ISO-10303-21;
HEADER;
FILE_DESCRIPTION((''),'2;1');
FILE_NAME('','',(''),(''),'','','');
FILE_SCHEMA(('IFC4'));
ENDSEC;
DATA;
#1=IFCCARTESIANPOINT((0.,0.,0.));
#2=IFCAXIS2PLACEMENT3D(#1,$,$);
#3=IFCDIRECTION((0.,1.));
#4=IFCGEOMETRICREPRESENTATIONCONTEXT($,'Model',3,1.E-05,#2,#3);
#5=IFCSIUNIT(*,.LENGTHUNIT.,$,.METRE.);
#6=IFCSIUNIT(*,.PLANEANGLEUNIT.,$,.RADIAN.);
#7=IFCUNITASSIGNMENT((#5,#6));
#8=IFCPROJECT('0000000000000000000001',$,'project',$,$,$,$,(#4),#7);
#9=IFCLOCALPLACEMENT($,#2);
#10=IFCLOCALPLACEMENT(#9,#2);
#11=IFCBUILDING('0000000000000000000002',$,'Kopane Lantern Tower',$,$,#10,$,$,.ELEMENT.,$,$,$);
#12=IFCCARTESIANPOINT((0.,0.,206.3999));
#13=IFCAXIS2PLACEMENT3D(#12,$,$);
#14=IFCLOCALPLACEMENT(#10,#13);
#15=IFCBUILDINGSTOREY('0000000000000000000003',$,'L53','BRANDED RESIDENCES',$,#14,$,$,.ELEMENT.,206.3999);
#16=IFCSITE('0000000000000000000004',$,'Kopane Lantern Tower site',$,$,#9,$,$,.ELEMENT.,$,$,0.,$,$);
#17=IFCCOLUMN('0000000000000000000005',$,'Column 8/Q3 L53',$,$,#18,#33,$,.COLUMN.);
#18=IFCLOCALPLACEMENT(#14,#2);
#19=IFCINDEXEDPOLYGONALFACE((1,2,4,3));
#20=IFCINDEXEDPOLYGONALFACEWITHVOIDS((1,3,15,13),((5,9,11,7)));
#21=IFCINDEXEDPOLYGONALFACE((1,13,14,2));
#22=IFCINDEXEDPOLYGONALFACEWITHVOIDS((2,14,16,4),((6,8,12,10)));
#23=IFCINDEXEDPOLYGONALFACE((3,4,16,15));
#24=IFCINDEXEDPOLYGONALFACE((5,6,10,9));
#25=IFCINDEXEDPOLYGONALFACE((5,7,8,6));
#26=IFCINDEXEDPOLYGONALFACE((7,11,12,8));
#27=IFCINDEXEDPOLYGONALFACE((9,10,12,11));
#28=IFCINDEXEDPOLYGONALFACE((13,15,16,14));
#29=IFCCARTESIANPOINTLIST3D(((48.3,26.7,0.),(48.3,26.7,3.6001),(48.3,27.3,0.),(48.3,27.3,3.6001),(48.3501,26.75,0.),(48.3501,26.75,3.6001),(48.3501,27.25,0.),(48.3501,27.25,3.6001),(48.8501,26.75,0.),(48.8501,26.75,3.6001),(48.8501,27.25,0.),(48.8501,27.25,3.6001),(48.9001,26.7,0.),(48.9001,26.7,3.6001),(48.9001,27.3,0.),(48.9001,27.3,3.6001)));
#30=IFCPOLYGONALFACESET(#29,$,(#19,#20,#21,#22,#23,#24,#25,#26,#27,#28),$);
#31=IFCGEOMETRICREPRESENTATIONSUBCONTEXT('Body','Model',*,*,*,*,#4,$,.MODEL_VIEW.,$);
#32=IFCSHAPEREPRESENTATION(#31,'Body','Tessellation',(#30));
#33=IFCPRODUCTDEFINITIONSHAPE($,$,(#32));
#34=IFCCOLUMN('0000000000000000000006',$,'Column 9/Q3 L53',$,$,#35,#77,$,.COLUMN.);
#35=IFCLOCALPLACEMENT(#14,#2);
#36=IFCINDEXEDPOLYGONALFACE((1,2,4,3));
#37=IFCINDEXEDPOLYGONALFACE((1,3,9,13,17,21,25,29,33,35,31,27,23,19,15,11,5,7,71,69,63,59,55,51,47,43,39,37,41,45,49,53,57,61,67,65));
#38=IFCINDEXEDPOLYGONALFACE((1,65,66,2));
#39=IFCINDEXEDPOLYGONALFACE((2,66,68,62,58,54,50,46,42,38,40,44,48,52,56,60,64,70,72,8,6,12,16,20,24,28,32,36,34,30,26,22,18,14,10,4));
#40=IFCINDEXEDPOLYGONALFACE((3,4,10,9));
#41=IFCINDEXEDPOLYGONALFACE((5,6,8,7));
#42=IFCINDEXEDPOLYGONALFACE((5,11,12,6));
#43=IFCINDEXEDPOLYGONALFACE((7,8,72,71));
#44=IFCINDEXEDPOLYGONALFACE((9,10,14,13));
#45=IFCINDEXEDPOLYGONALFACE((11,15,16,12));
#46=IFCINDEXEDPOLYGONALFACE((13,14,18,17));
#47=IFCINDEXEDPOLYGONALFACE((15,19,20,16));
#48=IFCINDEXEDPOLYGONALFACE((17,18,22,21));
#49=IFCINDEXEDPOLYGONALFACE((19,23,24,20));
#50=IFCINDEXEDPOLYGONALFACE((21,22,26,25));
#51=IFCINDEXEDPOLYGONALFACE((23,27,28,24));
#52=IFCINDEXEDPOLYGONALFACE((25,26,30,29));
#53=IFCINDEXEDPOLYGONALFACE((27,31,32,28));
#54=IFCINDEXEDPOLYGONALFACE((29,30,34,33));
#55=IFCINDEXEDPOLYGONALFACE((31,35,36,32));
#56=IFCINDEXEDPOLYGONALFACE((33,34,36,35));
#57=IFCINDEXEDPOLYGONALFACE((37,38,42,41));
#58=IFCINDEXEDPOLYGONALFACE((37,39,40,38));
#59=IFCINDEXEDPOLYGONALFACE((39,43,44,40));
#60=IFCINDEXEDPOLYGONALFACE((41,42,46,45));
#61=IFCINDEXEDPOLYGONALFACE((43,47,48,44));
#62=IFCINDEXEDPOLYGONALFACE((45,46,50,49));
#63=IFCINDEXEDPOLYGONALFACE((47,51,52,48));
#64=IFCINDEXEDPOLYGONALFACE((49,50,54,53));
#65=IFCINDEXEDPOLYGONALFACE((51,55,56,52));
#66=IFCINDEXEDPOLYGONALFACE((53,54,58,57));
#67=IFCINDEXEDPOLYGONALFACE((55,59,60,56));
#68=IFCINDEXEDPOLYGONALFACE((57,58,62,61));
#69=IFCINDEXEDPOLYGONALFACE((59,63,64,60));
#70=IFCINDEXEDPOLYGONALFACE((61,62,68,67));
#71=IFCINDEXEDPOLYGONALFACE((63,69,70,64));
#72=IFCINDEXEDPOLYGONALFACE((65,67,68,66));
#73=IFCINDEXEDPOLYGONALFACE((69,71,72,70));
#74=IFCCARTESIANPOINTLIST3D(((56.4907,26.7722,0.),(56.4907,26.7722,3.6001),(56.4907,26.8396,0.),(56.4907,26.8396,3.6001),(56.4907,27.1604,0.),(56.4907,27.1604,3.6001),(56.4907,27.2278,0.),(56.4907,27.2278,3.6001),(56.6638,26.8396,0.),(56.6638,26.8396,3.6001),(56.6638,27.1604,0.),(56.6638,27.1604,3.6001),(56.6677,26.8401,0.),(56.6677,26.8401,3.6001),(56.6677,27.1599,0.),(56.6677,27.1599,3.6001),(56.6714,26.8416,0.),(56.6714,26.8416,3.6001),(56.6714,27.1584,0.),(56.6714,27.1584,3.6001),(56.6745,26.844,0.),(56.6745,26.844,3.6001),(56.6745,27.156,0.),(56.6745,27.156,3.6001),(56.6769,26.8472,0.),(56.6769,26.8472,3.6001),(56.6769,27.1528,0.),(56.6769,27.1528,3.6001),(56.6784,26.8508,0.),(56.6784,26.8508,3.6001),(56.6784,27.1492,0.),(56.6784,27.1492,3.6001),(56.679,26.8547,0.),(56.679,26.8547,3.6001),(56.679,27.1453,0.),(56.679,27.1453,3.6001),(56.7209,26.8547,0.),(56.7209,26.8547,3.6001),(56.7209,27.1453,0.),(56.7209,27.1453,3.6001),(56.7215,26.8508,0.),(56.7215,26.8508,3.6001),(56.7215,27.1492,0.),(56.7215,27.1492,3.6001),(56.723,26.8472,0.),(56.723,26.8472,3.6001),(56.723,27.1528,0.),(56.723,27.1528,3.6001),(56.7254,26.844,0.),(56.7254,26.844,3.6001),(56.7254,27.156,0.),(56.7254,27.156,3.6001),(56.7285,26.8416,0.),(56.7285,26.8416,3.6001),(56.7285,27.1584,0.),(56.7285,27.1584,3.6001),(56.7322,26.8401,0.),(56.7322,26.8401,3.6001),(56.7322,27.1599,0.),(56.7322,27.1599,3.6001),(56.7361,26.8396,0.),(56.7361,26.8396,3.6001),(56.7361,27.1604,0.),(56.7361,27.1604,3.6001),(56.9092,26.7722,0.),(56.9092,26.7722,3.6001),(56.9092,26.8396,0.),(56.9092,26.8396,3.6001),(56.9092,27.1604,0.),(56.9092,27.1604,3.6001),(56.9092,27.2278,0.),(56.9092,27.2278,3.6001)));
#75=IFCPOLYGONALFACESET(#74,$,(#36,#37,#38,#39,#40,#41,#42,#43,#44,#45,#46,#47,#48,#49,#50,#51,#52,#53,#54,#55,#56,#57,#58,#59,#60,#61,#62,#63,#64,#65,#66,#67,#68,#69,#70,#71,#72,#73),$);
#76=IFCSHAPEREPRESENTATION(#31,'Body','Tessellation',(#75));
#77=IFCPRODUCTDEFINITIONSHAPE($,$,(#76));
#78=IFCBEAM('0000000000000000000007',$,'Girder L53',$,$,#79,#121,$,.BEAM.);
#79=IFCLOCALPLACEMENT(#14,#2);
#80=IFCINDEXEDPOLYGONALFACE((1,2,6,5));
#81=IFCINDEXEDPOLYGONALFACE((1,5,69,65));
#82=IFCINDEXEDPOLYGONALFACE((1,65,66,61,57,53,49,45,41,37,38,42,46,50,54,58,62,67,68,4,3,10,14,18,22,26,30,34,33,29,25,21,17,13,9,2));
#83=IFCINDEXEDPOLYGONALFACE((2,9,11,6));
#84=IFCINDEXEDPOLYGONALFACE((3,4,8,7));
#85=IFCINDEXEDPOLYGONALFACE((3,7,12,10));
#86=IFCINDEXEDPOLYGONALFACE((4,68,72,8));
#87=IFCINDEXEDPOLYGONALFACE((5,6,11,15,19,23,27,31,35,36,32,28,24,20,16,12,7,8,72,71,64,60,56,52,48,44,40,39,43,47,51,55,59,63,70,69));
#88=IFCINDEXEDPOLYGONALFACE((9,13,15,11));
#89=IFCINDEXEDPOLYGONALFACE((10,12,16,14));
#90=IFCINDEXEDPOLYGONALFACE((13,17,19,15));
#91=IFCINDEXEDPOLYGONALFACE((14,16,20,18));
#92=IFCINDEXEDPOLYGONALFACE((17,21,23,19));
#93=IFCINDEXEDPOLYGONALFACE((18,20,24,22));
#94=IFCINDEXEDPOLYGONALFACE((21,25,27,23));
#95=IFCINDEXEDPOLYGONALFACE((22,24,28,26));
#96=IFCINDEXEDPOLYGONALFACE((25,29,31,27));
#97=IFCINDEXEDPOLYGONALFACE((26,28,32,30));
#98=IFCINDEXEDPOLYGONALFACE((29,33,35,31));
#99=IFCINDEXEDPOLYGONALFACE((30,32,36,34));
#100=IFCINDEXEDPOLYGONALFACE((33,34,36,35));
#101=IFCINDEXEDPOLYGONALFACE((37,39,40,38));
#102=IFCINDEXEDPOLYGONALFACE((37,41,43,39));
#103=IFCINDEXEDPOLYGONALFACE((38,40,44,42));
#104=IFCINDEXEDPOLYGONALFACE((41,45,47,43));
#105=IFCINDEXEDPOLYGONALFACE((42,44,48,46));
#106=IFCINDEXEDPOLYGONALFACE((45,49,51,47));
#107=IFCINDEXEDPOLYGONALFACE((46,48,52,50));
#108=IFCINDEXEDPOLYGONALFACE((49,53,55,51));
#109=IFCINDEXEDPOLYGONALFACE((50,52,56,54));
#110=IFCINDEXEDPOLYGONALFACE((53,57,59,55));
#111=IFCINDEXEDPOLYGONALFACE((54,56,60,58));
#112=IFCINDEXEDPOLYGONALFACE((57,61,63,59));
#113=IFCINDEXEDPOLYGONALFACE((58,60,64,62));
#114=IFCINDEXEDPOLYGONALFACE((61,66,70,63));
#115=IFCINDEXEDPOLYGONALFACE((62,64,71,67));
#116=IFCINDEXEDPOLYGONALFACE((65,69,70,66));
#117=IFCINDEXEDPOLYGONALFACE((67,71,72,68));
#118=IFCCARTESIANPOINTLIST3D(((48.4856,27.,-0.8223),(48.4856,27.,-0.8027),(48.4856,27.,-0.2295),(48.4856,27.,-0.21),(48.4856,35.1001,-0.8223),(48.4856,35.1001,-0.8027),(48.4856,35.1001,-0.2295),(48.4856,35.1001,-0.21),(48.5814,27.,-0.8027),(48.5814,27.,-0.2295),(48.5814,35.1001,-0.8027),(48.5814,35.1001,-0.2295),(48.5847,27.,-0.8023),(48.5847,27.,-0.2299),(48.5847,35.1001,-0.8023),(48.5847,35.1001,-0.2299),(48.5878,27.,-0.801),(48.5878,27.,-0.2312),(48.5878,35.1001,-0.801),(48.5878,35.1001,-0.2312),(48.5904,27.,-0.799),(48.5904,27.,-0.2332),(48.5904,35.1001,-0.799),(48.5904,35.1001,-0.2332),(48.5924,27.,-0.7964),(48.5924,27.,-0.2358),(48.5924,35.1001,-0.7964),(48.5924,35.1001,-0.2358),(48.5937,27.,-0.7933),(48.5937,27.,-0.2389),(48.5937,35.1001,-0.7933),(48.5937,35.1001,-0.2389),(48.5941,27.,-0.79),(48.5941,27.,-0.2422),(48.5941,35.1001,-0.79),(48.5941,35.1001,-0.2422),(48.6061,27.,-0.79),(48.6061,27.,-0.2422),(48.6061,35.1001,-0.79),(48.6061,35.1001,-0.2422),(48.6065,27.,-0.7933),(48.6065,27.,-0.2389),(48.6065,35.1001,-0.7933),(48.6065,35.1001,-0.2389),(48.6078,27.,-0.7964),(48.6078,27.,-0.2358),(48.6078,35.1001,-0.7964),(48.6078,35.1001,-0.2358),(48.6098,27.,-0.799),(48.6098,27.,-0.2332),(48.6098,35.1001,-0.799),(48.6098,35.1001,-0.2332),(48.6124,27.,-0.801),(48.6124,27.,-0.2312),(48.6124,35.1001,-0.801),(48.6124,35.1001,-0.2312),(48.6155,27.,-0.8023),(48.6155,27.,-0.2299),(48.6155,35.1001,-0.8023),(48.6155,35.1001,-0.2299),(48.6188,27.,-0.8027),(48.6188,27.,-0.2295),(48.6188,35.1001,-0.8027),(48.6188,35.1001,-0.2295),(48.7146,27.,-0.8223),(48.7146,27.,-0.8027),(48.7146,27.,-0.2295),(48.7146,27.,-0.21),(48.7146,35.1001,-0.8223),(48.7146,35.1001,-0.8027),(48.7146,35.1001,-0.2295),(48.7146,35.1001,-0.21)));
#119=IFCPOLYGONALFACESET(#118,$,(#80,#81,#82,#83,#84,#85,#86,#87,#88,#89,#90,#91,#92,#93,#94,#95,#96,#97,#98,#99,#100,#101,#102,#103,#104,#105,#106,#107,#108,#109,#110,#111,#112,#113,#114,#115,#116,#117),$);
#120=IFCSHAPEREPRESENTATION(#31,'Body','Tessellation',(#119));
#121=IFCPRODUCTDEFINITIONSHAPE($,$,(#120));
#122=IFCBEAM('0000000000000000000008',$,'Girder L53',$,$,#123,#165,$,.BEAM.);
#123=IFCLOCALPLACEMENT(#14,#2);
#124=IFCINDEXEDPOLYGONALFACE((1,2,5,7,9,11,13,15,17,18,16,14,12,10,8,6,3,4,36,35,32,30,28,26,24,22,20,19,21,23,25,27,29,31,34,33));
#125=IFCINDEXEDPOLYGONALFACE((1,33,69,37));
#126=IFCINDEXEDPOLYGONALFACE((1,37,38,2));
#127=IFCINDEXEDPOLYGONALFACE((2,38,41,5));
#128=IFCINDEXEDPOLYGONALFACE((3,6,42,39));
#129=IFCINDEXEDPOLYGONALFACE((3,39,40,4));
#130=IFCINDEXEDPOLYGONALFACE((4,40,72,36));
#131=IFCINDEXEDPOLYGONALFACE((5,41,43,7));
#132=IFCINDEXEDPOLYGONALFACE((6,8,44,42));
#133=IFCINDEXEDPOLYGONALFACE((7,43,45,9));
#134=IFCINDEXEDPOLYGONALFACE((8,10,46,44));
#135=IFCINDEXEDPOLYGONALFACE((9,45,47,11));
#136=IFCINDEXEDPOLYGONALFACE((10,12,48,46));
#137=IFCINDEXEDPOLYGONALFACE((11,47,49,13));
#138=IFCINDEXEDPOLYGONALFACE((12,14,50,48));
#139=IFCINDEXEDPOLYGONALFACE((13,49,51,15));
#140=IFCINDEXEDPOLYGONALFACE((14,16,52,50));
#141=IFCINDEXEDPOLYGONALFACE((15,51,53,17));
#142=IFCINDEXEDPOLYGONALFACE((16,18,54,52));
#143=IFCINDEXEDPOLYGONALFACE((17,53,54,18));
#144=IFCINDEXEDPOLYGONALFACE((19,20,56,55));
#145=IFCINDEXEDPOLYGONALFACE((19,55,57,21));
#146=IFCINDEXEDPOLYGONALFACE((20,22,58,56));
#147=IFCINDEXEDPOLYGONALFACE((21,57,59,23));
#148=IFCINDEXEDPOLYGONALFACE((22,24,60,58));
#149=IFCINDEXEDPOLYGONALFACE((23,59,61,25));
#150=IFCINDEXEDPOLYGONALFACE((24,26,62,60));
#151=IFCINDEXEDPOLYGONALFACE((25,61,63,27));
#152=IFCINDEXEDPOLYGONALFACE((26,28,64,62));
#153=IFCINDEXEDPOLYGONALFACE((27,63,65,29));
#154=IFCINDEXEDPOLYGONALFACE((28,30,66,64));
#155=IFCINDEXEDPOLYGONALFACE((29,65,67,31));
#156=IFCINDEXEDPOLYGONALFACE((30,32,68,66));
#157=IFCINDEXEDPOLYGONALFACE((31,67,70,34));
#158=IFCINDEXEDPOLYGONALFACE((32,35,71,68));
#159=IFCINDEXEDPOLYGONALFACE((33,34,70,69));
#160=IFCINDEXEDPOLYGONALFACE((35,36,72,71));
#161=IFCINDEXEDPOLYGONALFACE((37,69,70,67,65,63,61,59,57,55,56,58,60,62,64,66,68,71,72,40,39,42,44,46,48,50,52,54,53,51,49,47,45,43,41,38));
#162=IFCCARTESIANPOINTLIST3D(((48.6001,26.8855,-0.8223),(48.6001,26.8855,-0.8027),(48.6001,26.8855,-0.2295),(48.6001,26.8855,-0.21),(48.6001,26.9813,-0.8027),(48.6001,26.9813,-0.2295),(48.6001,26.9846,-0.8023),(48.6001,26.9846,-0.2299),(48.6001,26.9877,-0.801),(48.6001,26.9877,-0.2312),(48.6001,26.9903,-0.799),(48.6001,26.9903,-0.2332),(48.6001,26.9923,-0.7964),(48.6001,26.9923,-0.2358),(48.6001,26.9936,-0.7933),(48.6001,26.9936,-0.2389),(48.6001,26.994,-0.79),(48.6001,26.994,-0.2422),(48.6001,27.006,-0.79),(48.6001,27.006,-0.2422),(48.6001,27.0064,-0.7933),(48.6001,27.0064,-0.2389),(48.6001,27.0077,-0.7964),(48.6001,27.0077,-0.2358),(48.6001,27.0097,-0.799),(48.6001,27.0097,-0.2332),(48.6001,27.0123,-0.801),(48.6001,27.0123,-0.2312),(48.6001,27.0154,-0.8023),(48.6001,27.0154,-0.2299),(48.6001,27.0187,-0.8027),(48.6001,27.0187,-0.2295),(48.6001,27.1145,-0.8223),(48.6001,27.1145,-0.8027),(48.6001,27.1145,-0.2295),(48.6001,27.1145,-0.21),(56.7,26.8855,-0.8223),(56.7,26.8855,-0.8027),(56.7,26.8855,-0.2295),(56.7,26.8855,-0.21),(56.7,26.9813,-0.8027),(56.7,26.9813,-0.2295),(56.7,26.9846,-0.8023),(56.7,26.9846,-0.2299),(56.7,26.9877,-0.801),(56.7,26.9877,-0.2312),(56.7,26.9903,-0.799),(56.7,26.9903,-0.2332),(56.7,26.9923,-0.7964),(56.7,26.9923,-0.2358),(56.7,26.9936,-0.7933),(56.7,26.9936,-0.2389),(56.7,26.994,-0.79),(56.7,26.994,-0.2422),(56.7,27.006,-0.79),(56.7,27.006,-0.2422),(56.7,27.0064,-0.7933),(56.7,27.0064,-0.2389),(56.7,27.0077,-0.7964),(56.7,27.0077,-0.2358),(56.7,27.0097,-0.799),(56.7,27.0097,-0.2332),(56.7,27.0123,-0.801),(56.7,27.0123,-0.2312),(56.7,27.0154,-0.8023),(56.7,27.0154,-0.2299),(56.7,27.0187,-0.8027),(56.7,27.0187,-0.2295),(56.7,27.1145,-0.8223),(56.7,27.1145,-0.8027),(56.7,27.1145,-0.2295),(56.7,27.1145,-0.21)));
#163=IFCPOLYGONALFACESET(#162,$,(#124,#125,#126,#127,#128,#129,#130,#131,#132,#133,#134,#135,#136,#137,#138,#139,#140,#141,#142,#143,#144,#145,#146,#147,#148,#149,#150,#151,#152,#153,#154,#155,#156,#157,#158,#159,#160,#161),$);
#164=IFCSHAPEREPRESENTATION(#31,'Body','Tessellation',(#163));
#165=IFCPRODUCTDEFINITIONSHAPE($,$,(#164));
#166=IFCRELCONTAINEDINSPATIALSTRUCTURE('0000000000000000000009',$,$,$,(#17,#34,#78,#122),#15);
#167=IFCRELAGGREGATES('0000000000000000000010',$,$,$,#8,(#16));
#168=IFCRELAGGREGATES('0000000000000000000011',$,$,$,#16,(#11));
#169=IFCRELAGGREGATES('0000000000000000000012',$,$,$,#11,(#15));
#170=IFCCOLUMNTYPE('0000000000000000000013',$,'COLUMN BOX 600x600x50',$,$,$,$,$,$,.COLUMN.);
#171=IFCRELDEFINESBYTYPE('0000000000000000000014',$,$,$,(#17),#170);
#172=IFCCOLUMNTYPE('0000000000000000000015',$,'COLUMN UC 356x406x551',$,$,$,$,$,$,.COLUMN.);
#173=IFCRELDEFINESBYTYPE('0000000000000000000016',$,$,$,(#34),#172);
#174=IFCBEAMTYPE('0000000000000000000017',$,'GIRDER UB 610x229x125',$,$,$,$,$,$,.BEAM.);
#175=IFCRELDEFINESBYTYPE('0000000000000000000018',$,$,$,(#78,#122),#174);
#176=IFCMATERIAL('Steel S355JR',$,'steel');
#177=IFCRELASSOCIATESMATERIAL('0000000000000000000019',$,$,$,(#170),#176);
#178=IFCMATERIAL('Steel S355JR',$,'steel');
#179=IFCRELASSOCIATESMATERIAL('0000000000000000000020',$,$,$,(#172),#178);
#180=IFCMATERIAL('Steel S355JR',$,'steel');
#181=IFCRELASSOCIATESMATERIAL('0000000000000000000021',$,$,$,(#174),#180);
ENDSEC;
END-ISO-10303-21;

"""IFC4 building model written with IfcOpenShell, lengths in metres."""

from ifc_helpers import new_model, si_unit, direction, frame, origin, origin_2d, place, context, subcontext, project, spatial, hollow_rectangle, i_section, extrude, material, material_profile, profile_set, type_object, element, save


model = new_model("IFC4")

# Units and contexts
model_context = context("Model", 3, precision=1e-05, world=origin(), true_north=direction((0.0, 1.0)))
body_context = subcontext(model_context, "Body", "Model", "MODEL_VIEW")
ifc_project = project(units=[si_unit("LENGTHUNIT", "METRE"), si_unit("PLANEANGLEUNIT", "RADIAN")], contexts=[model_context])

# Site, building, storey
site_placement = place(None, origin())
site = spatial("IfcSite", under=ifc_project, at=site_placement, Name="Kopane Lantern Tower site", CompositionType="ELEMENT", RefElevation=0.0)
building_placement = place(site_placement, origin())
building = spatial("IfcBuilding", under=site, at=building_placement, Name="Kopane Lantern Tower", CompositionType="ELEMENT")
storey_placement = place(building_placement, frame((0.0, 0.0, 206.3999)))
storey = spatial("IfcBuildingStorey", under=building, at=storey_placement, Name="L53", Description="BRANDED RESIDENCES", CompositionType="ELEMENT", Elevation=206.3999)

# Columns
ifc_material_1 = material(Name="Steel S355JR", Category="steel")
ifc_material_profile_1 = material_profile(ifc_material_1, hollow_rectangle(XDim=0.6001, YDim=0.6001, WallThickness=0.05, at=origin_2d()), Name="BOX 600x600x50")
ifc_profile_set_1 = profile_set([ifc_material_profile_1], Name="Steel S355JR")
column_type_1 = type_object("IfcColumnType", Name="COLUMN BOX 600x600x50", PredefinedType="COLUMN", material=ifc_profile_set_1)
column_1_placement = place(storey_placement, frame((48.6001, 27.0, 0.0), z_axis=(0.0, 0.0, 1.0), x_axis=(1.0, 0.0, 0.0)))
element("IfcColumn", 1, at=column_1_placement, inside=storey, type_object=column_type_1, Name="Column 8/Q3 L53", PredefinedType="COLUMN", context=body_context, shape_type="SweptSolid", body=[
    extrude(hollow_rectangle(XDim=0.6001, YDim=0.6001, WallThickness=0.05, at=origin_2d()), origin(), (0.0, 0.0, 1.0), 3.6001),
])
ifc_material_2 = material(Name="Steel S355JR", Category="steel")
ifc_material_profile_2 = material_profile(ifc_material_2, i_section(OverallWidth=0.4185, OverallDepth=0.4556, WebThickness=0.042, FlangeThickness=0.0674, FilletRadius=0.0151, at=origin_2d()), Name="UC 356x406x551")
ifc_profile_set_2 = profile_set([ifc_material_profile_2], Name="Steel S355JR")
column_type_2 = type_object("IfcColumnType", Name="COLUMN UC 356x406x551", PredefinedType="COLUMN", material=ifc_profile_set_2)
column_2_placement = place(storey_placement, frame((56.7, 27.0, 0.0), z_axis=(0.0, 0.0, 1.0), x_axis=(1.0, 0.0, 0.0)))
element("IfcColumn", 2, at=column_2_placement, inside=storey, type_object=column_type_2, Name="Column 9/Q3 L53", PredefinedType="COLUMN", context=body_context, shape_type="SweptSolid", body=[
    extrude(i_section(OverallWidth=0.4185, OverallDepth=0.4556, WebThickness=0.042, FlangeThickness=0.0674, FilletRadius=0.0151, at=origin_2d()), origin(), (0.0, 0.0, 1.0), 3.6001),
])

# Beams
ifc_material_3 = material(Name="Steel S355JR", Category="steel")
ifc_material_profile_3 = material_profile(ifc_material_3, i_section(OverallWidth=0.229, OverallDepth=0.6123, WebThickness=0.012, FlangeThickness=0.0195, FilletRadius=0.0127, at=origin_2d()), Name="UB 610x229x125")
ifc_profile_set_3 = profile_set([ifc_material_profile_3], Name="Steel S355JR")
beam_type = type_object("IfcBeamType", Name="GIRDER UB 610x229x125", PredefinedType="BEAM", material=ifc_profile_set_3)
beam_1_placement = place(storey_placement, frame((48.6001, 27.0, -0.5161), z_axis=(0.0, 1.0, 0.0), x_axis=(-1.0, 0.0, 0.0)))
element("IfcBeam", 3, at=beam_1_placement, inside=storey, type_object=beam_type, Name="Girder L53", PredefinedType="BEAM", context=body_context, shape_type="SweptSolid", body=[
    extrude(i_section(OverallWidth=0.229, OverallDepth=0.6123, WebThickness=0.012, FlangeThickness=0.0195, FilletRadius=0.0127, at=origin_2d()), origin(), (0.0, 0.0, 1.0), 8.1001),
])
beam_2_placement = place(storey_placement, frame((48.6001, 27.0, -0.5161), z_axis=(1.0, 0.0, 0.0), x_axis=(0.0, 1.0, 0.0)))
element("IfcBeam", 4, at=beam_2_placement, inside=storey, type_object=beam_type, Name="Girder L53", PredefinedType="BEAM", context=body_context, shape_type="SweptSolid", body=[
    extrude(i_section(OverallWidth=0.229, OverallDepth=0.6123, WebThickness=0.012, FlangeThickness=0.0195, FilletRadius=0.0127, at=origin_2d()), origin(), (0.0, 0.0, 1.0), 8.0999),
])

save(model, "model.ifc")
